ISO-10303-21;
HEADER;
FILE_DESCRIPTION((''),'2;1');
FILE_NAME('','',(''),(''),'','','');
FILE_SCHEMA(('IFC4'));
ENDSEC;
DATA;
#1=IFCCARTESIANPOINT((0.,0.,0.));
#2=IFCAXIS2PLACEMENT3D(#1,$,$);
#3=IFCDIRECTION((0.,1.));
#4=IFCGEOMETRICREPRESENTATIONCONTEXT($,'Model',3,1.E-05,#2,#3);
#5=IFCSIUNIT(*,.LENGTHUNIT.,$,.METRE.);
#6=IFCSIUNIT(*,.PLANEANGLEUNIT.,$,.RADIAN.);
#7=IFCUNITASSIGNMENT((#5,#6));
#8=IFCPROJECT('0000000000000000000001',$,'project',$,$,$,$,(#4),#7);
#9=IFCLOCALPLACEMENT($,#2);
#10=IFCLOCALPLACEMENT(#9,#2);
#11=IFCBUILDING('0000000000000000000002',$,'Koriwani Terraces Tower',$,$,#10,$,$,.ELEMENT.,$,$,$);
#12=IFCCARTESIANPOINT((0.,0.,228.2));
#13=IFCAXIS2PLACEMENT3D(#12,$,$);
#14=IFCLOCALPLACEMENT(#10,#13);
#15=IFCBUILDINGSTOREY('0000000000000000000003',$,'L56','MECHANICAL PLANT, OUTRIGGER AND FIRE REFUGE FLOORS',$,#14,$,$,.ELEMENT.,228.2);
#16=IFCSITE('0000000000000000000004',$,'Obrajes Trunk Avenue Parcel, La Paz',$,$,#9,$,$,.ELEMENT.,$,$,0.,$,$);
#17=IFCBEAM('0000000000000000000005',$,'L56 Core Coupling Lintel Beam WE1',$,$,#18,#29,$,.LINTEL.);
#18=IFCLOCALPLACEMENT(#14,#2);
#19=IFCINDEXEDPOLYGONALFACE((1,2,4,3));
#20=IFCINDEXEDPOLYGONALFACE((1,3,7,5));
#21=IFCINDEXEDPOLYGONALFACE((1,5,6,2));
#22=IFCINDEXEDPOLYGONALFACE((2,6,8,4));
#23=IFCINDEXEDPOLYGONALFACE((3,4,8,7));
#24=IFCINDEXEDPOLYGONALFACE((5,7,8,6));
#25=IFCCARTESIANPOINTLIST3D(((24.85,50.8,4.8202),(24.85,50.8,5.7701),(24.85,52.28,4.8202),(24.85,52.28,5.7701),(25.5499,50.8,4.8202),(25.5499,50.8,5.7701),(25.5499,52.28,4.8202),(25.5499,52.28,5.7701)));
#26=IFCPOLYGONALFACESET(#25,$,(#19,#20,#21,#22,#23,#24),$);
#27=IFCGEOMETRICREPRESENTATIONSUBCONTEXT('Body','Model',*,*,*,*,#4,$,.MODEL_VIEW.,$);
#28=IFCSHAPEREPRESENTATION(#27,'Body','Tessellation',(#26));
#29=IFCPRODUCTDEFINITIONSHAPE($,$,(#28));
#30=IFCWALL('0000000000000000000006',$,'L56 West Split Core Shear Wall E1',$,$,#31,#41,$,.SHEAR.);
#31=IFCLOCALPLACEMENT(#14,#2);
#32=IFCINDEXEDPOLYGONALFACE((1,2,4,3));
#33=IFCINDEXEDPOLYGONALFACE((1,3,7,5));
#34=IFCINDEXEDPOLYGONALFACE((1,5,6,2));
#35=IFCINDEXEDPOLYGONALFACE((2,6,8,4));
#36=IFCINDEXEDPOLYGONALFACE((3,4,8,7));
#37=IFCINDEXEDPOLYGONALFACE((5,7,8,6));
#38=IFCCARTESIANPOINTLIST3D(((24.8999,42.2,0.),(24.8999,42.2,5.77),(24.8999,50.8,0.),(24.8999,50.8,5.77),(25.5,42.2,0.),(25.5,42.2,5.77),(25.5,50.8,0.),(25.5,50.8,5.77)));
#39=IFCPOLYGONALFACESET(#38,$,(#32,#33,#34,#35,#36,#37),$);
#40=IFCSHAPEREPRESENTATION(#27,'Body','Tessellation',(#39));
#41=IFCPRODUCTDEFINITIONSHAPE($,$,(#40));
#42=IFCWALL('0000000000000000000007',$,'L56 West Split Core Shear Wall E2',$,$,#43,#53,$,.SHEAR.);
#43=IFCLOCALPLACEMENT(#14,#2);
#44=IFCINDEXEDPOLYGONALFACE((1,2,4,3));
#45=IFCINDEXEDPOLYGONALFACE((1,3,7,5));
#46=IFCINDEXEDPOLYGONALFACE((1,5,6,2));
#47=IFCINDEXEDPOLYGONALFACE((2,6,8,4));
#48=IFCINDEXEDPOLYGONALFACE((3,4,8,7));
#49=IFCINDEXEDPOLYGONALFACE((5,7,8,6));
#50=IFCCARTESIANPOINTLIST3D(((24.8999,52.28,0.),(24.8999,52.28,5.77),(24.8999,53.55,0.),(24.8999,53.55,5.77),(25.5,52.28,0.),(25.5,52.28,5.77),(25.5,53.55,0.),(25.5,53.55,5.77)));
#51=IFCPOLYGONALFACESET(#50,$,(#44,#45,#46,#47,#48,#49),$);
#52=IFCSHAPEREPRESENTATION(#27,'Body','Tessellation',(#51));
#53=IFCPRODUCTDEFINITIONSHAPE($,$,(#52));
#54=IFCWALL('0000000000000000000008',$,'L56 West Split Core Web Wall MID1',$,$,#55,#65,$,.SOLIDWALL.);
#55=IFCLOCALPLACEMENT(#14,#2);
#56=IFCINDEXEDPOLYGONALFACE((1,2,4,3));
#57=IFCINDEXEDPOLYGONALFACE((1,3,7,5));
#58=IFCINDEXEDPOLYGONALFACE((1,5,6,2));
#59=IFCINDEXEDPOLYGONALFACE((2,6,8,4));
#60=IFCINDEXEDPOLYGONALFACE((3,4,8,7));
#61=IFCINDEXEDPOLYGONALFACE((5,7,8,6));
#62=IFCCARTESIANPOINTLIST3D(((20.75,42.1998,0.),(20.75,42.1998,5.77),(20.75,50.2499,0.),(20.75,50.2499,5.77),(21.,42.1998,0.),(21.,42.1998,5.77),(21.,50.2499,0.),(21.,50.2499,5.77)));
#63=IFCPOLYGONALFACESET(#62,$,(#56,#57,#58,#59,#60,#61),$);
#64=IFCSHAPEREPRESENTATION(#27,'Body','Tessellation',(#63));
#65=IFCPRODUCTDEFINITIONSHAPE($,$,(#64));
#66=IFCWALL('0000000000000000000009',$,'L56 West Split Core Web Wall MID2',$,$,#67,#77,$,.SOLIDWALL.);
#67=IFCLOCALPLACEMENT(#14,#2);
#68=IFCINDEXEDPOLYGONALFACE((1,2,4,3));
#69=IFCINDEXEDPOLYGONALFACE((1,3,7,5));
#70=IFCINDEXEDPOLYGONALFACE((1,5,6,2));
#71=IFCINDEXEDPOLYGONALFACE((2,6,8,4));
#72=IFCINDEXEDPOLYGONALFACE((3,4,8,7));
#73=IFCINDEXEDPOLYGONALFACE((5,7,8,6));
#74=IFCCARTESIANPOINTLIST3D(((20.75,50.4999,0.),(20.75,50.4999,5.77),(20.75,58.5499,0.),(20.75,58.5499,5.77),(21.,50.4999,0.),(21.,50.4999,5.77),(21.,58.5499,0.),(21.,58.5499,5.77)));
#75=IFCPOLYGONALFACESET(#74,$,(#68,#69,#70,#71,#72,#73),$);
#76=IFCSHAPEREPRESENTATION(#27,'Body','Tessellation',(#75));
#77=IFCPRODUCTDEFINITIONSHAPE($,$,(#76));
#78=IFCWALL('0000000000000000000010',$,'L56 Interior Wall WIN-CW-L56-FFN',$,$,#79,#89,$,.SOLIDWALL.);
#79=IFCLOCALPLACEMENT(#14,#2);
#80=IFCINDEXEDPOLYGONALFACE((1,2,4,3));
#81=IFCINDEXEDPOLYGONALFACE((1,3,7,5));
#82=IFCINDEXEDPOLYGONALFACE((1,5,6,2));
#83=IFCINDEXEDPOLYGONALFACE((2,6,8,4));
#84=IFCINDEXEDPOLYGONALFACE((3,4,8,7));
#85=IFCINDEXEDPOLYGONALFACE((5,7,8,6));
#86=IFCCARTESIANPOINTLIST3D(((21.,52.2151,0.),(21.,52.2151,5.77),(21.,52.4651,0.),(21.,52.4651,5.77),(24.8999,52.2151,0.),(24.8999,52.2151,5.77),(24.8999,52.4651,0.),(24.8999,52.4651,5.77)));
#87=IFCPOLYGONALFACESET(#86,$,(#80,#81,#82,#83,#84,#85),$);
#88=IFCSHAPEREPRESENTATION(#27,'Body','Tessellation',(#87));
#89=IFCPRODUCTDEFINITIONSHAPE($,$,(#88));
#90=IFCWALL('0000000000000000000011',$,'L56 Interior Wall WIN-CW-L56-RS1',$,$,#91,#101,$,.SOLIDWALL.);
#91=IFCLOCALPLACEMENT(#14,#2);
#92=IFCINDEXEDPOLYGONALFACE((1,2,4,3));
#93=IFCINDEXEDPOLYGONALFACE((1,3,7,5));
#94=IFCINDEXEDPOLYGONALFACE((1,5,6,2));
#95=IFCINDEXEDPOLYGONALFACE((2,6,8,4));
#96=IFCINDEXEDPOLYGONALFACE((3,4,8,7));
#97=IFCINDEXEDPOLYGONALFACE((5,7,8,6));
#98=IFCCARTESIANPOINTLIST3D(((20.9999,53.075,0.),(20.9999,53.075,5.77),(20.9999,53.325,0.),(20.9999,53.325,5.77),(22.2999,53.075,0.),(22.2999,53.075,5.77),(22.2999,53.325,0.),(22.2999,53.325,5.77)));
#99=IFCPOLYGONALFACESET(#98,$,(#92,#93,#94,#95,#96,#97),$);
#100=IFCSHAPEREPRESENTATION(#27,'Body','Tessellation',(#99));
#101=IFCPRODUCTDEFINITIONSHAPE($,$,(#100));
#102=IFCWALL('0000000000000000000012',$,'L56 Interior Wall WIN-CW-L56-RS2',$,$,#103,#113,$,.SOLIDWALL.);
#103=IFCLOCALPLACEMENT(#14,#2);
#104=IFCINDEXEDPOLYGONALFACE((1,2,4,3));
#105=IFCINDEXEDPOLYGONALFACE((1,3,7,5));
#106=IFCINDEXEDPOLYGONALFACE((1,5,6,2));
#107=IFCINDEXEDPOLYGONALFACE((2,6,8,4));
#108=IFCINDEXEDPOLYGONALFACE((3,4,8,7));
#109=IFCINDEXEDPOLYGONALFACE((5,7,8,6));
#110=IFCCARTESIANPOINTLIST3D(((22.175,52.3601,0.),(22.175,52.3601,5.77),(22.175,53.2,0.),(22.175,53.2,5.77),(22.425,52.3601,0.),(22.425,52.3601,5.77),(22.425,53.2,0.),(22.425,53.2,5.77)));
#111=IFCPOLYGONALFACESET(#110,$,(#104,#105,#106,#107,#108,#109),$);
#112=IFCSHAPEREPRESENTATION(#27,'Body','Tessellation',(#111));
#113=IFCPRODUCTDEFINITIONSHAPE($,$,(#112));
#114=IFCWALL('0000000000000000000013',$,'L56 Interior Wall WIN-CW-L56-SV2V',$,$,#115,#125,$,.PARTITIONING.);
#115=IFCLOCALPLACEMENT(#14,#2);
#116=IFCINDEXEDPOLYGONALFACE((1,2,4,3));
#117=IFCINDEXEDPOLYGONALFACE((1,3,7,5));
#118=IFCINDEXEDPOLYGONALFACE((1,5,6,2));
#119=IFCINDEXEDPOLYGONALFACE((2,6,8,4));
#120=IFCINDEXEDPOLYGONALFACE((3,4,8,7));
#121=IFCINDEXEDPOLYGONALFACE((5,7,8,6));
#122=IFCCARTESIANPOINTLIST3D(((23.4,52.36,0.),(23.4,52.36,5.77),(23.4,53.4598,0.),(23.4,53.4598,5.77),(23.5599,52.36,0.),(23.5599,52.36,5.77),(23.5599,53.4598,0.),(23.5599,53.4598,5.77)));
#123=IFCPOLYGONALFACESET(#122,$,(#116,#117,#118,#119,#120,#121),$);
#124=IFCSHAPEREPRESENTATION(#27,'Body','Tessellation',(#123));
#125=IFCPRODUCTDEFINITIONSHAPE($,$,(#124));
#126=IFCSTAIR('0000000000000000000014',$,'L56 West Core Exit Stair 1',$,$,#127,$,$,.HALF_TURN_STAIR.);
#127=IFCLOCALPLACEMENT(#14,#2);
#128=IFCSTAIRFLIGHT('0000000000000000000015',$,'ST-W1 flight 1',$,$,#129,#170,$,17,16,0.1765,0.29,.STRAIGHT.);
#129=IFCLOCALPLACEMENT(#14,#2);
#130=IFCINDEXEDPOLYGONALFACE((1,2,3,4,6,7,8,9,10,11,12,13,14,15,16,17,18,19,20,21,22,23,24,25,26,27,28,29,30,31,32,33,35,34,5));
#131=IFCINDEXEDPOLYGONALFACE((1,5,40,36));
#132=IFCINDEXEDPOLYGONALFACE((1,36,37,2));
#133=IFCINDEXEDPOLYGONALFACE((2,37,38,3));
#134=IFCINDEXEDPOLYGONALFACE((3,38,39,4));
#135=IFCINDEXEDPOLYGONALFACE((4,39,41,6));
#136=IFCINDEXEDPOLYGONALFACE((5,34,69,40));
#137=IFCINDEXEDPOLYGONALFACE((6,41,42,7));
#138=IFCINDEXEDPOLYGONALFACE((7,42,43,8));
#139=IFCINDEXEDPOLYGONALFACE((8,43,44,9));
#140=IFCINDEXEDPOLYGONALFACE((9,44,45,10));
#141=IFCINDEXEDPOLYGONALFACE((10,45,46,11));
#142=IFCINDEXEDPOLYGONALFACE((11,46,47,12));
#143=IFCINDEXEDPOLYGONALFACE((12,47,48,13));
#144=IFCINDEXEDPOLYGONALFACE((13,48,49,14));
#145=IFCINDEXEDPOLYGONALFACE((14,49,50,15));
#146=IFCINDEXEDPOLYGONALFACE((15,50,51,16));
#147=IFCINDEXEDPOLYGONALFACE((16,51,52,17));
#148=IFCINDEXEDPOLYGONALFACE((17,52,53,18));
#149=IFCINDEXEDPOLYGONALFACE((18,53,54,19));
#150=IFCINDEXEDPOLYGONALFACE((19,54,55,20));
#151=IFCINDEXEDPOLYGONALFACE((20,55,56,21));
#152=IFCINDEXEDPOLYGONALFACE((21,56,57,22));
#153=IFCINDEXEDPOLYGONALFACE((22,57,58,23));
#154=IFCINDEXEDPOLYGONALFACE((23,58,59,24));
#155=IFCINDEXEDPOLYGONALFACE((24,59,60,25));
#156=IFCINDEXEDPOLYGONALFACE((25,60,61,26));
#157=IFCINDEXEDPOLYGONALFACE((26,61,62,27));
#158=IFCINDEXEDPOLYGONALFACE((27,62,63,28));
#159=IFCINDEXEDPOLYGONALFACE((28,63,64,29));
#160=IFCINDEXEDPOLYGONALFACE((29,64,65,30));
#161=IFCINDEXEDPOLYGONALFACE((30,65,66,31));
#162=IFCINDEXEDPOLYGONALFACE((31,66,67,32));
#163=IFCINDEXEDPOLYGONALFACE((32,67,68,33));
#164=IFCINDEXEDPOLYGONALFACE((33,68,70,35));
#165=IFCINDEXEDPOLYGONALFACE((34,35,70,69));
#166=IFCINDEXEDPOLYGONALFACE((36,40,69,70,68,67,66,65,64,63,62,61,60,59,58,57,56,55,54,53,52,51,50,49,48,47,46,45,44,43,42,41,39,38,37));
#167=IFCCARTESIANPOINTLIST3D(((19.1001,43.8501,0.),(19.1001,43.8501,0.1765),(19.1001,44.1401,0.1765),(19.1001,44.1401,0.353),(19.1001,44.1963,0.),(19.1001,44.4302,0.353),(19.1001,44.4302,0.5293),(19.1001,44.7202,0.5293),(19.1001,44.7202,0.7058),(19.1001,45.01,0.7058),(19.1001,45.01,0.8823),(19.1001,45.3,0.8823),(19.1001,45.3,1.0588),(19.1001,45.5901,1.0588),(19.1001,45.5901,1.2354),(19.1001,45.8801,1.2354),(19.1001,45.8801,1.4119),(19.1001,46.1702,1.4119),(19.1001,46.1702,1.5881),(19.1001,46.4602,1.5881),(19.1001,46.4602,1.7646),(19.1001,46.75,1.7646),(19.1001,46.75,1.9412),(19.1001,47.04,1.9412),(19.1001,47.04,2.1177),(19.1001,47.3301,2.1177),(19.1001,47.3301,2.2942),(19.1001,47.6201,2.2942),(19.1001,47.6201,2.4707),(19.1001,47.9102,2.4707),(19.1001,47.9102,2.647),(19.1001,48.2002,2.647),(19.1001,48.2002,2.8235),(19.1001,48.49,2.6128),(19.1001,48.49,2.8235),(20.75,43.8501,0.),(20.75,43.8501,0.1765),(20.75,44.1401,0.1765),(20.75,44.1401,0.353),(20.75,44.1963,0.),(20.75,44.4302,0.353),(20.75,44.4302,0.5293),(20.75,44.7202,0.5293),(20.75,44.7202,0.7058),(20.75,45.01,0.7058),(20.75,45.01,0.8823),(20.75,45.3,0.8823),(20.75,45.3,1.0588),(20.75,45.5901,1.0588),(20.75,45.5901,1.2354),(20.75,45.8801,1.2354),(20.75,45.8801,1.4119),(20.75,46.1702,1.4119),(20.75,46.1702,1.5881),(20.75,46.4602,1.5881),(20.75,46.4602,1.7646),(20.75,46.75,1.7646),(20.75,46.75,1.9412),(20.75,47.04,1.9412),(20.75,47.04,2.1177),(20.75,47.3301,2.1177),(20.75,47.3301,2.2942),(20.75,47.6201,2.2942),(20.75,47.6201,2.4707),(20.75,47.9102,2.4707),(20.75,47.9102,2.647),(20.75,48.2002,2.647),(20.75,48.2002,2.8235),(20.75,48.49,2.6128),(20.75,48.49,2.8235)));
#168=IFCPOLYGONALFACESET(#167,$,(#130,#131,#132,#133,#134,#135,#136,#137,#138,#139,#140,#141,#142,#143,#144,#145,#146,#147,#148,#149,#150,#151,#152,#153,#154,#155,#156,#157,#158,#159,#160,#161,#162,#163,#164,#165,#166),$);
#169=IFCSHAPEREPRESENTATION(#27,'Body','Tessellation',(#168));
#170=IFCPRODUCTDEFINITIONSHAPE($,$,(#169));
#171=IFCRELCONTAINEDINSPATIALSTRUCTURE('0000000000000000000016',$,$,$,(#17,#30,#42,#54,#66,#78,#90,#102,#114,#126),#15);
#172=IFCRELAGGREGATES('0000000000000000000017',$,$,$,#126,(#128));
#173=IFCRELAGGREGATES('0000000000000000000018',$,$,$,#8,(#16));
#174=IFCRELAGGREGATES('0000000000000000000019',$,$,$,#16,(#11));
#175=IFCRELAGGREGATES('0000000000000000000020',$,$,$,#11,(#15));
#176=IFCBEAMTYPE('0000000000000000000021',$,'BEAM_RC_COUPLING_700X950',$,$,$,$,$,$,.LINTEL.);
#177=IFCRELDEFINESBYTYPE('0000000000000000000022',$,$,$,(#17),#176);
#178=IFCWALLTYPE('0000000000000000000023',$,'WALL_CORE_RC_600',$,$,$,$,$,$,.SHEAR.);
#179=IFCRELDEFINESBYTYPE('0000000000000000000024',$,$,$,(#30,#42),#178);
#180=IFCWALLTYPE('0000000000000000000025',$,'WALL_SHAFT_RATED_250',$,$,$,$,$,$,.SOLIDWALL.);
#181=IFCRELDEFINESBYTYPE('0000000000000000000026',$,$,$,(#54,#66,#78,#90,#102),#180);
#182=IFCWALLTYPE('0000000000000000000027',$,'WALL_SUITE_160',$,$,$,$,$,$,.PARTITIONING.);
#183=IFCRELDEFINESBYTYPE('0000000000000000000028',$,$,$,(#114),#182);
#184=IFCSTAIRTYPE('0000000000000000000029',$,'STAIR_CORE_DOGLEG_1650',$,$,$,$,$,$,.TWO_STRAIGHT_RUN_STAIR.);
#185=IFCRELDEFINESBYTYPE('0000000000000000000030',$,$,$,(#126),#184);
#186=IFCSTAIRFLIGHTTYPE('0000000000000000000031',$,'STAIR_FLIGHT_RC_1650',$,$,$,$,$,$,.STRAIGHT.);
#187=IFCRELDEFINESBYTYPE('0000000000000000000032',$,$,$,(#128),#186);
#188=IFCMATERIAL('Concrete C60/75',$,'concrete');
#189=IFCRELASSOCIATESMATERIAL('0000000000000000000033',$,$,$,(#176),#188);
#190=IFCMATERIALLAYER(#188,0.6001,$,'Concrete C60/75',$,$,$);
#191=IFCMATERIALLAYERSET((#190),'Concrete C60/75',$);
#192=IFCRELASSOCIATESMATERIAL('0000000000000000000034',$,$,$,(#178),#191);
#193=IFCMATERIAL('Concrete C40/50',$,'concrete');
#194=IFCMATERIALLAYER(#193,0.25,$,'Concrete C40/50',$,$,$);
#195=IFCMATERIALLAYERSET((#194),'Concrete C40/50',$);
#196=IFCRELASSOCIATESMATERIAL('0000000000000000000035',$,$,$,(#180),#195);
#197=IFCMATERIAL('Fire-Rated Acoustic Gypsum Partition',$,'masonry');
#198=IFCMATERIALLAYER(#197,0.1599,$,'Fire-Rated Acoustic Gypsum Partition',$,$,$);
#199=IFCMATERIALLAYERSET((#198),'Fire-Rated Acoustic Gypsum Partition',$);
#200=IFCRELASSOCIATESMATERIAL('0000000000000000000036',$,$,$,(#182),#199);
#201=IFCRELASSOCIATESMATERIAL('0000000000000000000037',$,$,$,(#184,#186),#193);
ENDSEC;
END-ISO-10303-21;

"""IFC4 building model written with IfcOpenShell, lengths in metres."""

from ifc_helpers import new_model, si_unit, direction, frame, frame_2d, origin, origin_2d, place, context, subcontext, project, spatial, polyline, rectangle, outline, extrude, material, layer, layer_set, material_profile, profile_set, type_object, element, aggregate, save


model = new_model("IFC4")

# Units and contexts
model_context = context("Model", 3, precision=1e-05, world=origin(), true_north=direction((0.0, 1.0)))
body_context = subcontext(model_context, "Body", "Model", "MODEL_VIEW")
ifc_project = project(units=[si_unit("LENGTHUNIT", "METRE"), si_unit("PLANEANGLEUNIT", "RADIAN")], contexts=[model_context])

# Site, building, storey
site_placement = place(None, origin())
site = spatial("IfcSite", under=ifc_project, at=site_placement, Name="Obrajes Trunk Avenue Parcel, La Paz", CompositionType="ELEMENT", RefElevation=0.0)
building_placement = place(site_placement, origin())
building = spatial("IfcBuilding", under=site, at=building_placement, Name="Koriwani Terraces Tower", CompositionType="ELEMENT")
storey_placement = place(building_placement, frame((0.0, 0.0, 228.2)))
storey = spatial("IfcBuildingStorey", under=building, at=storey_placement, Name="L56", Description="MECHANICAL PLANT, OUTRIGGER AND FIRE REFUGE FLOORS", CompositionType="ELEMENT", Elevation=228.2)

# Beam
ifc_material_1 = material(Name="Concrete C60/75", Category="concrete")
ifc_material_profile = material_profile(ifc_material_1, rectangle(XDim=0.7, YDim=0.95, at=origin_2d()), Name="Concrete C60/75", Category="LoadBearing")
ifc_profile_set = profile_set([ifc_material_profile], Name="Concrete C60/75")
beam_type = type_object("IfcBeamType", Name="BEAM_RC_COUPLING_700X950", PredefinedType="LINTEL", material=ifc_profile_set)
beam_placement = place(storey_placement, frame((25.2, 50.8, 5.2952), z_axis=(0.0, 1.0, 0.0), x_axis=(-1.0, 0.0, 0.0)))
element("IfcBeam", 1, at=beam_placement, inside=storey, type_object=beam_type, Name="L56 Core Coupling Lintel Beam WE1", PredefinedType="LINTEL", context=body_context, shape_type="SweptSolid", body=[
    extrude(rectangle(XDim=0.7, YDim=0.95, at=origin_2d()), origin(), (0.0, 0.0, 1.0), 1.48),
])

# Walls
ifc_layer_1 = layer(ifc_material_1, 0.6001, Name="Concrete C60/75")
ifc_layer_set_1 = layer_set([ifc_layer_1], Name="Concrete C60/75")
wall_type_1 = type_object("IfcWallType", Name="WALL_CORE_RC_600", PredefinedType="SHEAR", material=ifc_layer_set_1)
wall_1_placement = place(storey_placement, frame((25.2, 42.2, 0.0), z_axis=(0.0, 0.0, 1.0), x_axis=(0.0, 1.0, 0.0)))
element("IfcWall", 2, at=wall_1_placement, inside=storey, type_object=wall_type_1, Name="L56 West Split Core Shear Wall E1", PredefinedType="SHEAR", context=body_context, shape_type="SweptSolid", body=[
    extrude(rectangle(XDim=8.6001, YDim=0.6001, at=frame_2d((4.3, 0.0))), origin(), (0.0, 0.0, 1.0), 5.77),
])
wall_2_placement = place(storey_placement, frame((25.2, 52.28, 0.0), z_axis=(0.0, 0.0, 1.0), x_axis=(0.0, 1.0, 0.0)))
element("IfcWall", 3, at=wall_2_placement, inside=storey, type_object=wall_type_1, Name="L56 West Split Core Shear Wall E2", PredefinedType="SHEAR", context=body_context, shape_type="SweptSolid", body=[
    extrude(rectangle(XDim=1.27, YDim=0.6001, at=frame_2d((0.635, 0.0))), origin(), (0.0, 0.0, 1.0), 5.77),
])
ifc_material_2 = material(Name="Concrete C40/50", Category="concrete")
ifc_layer_2 = layer(ifc_material_2, 0.25, Name="Concrete C40/50")
ifc_layer_set_2 = layer_set([ifc_layer_2], Name="Concrete C40/50")
wall_type_2 = type_object("IfcWallType", Name="WALL_SHAFT_RATED_250", PredefinedType="SOLIDWALL", material=ifc_layer_set_2)
for number, where, z_axis, x_axis, name in (
    (4, (20.875, 42.2, 0.0), (0.0, 0.0, 1.0), (0.0, 1.0, 0.0), "L56 West Split Core Web Wall MID1"),
    (5, (20.875, 50.5, 0.0), (0.0, 0.0, 1.0), (0.0, 1.0, 0.0), "L56 West Split Core Web Wall MID2"),
):
    element("IfcWall", number, at=place(storey_placement, frame(where, z_axis=z_axis, x_axis=x_axis)), inside=storey, type_object=wall_type_2, Name=name, PredefinedType="SOLIDWALL", context=body_context, shape_type="SweptSolid", body=[
        extrude(rectangle(XDim=8.05, YDim=0.25, at=frame_2d((4.0249, 0.0))), origin(), (0.0, 0.0, 1.0), 5.77),
    ])

# Walls
wall_3_placement = place(storey_placement, frame((21.0, 52.3401, 0.0), z_axis=(0.0, 0.0, 1.0), x_axis=(1.0, 0.0, 0.0)))
element("IfcWall", 6, at=wall_3_placement, inside=storey, type_object=wall_type_2, Name="L56 Interior Wall WIN-CW-L56-FFN", PredefinedType="SOLIDWALL", context=body_context, shape_type="SweptSolid", body=[
    extrude(rectangle(XDim=3.8999, YDim=0.25, at=frame_2d((1.95, 0.0))), origin(), (0.0, 0.0, 1.0), 5.77),
])
wall_4_placement = place(storey_placement, frame((21.0, 53.2, 0.0), z_axis=(0.0, 0.0, 1.0), x_axis=(1.0, 0.0, 0.0)))
element("IfcWall", 7, at=wall_4_placement, inside=storey, type_object=wall_type_2, Name="L56 Interior Wall WIN-CW-L56-RS1", PredefinedType="SOLIDWALL", context=body_context, shape_type="SweptSolid", body=[
    extrude(rectangle(XDim=1.3, YDim=0.25, at=frame_2d((0.6499, 0.0))), origin(), (0.0, 0.0, 1.0), 5.77),
])
wall_5_placement = place(storey_placement, frame((22.3, 52.3601, 0.0), z_axis=(0.0, 0.0, 1.0), x_axis=(0.0, 1.0, 0.0)))
element("IfcWall", 8, at=wall_5_placement, inside=storey, type_object=wall_type_2, Name="L56 Interior Wall WIN-CW-L56-RS2", PredefinedType="SOLIDWALL", context=body_context, shape_type="SweptSolid", body=[
    extrude(rectangle(XDim=0.8398, YDim=0.25, at=frame_2d((0.4199, 0.0))), origin(), (0.0, 0.0, 1.0), 5.77),
])
ifc_material_3 = material(Name="Fire-Rated Acoustic Gypsum Partition", Category="masonry")
ifc_layer_3 = layer(ifc_material_3, 0.1599, Name="Fire-Rated Acoustic Gypsum Partition")
ifc_layer_set_3 = layer_set([ifc_layer_3], Name="Fire-Rated Acoustic Gypsum Partition")
wall_type_3 = type_object("IfcWallType", Name="WALL_SUITE_160", PredefinedType="PARTITIONING", material=ifc_layer_set_3)
wall_6_placement = place(storey_placement, frame((23.48, 52.3601, 0.0), z_axis=(0.0, 0.0, 1.0), x_axis=(0.0, 1.0, 0.0)))
element("IfcWall", 9, at=wall_6_placement, inside=storey, type_object=wall_type_3, Name="L56 Interior Wall WIN-CW-L56-SV2V", PredefinedType="PARTITIONING", context=body_context, shape_type="SweptSolid", body=[
    extrude(rectangle(XDim=1.0999, YDim=0.1599, at=frame_2d((0.5498, 0.0))), origin(), (0.0, 0.0, 1.0), 5.77),
])

# Stair, stair flight
stair_type = type_object("IfcStairType", Name="STAIR_CORE_DOGLEG_1650", PredefinedType="TWO_STRAIGHT_RUN_STAIR", material=ifc_material_2)
stair_1_placement = place(storey_placement, origin())
stair_1 = element("IfcStair", 10, at=stair_1_placement, inside=storey, type_object=stair_type, Name="L56 West Core Exit Stair 1", PredefinedType="HALF_TURN_STAIR")
stair_flight_type = type_object("IfcStairFlightType", Name="STAIR_FLIGHT_RC_1650", PredefinedType="STRAIGHT", material=ifc_material_2)
stair_flight_1_placement = place(storey_placement, frame((19.925, 43.8501, 0.0), z_axis=(0.0, 0.0, 1.0), x_axis=(0.0, 1.0, 0.0)))
stair_flight_1 = element("IfcStairFlight", 11, at=stair_flight_1_placement, type_object=stair_flight_type, Name="ST-W1 flight 1", NumberOfRisers=17, NumberOfTreads=16, PredefinedType="STRAIGHT", RiserHeight=0.1765, TreadLength=0.29, context=body_context, shape_type="SweptSolid", body=[
    extrude(outline(polyline([(0.0, 0.0), (0.0, 0.1765), (0.29, 0.1765), (0.29, 0.353), (0.5801, 0.353), (0.5801, 0.5293), (0.8701, 0.5293), (0.8701, 0.7058), (1.1599, 0.7058), (1.1599, 0.8823), (1.45, 0.8823), (1.45, 1.0588), (1.74, 1.0588), (1.74, 1.2354), (2.03, 1.2354), (2.03, 1.4119), (2.3201, 1.4119), (2.3201, 1.5881), (2.6101, 1.5881), (2.6101, 1.7646), (2.8999, 1.7646), (2.8999, 1.9412), (3.1899, 1.9412), (3.1899, 2.1177), (3.48, 2.1177), (3.48, 2.2942), (3.77, 2.2942), (3.77, 2.4707), (4.0601, 2.4707), (4.0601, 2.647), (4.3501, 2.647), (4.3501, 2.8235), (4.6399, 2.8235), (4.6399, 3.0), (4.6399, 2.6128), (0.3462, 0.0), (0.0, 0.0)])), frame((0.0, 0.825, 0.0), z_axis=(0.0, -1.0, 0.0), x_axis=(1.0, 0.0, 0.0)), (0.0, 0.0, 1.0), 1.6499),
])
aggregate(stair_1, [stair_flight_1])

save(model, "model.ifc")
